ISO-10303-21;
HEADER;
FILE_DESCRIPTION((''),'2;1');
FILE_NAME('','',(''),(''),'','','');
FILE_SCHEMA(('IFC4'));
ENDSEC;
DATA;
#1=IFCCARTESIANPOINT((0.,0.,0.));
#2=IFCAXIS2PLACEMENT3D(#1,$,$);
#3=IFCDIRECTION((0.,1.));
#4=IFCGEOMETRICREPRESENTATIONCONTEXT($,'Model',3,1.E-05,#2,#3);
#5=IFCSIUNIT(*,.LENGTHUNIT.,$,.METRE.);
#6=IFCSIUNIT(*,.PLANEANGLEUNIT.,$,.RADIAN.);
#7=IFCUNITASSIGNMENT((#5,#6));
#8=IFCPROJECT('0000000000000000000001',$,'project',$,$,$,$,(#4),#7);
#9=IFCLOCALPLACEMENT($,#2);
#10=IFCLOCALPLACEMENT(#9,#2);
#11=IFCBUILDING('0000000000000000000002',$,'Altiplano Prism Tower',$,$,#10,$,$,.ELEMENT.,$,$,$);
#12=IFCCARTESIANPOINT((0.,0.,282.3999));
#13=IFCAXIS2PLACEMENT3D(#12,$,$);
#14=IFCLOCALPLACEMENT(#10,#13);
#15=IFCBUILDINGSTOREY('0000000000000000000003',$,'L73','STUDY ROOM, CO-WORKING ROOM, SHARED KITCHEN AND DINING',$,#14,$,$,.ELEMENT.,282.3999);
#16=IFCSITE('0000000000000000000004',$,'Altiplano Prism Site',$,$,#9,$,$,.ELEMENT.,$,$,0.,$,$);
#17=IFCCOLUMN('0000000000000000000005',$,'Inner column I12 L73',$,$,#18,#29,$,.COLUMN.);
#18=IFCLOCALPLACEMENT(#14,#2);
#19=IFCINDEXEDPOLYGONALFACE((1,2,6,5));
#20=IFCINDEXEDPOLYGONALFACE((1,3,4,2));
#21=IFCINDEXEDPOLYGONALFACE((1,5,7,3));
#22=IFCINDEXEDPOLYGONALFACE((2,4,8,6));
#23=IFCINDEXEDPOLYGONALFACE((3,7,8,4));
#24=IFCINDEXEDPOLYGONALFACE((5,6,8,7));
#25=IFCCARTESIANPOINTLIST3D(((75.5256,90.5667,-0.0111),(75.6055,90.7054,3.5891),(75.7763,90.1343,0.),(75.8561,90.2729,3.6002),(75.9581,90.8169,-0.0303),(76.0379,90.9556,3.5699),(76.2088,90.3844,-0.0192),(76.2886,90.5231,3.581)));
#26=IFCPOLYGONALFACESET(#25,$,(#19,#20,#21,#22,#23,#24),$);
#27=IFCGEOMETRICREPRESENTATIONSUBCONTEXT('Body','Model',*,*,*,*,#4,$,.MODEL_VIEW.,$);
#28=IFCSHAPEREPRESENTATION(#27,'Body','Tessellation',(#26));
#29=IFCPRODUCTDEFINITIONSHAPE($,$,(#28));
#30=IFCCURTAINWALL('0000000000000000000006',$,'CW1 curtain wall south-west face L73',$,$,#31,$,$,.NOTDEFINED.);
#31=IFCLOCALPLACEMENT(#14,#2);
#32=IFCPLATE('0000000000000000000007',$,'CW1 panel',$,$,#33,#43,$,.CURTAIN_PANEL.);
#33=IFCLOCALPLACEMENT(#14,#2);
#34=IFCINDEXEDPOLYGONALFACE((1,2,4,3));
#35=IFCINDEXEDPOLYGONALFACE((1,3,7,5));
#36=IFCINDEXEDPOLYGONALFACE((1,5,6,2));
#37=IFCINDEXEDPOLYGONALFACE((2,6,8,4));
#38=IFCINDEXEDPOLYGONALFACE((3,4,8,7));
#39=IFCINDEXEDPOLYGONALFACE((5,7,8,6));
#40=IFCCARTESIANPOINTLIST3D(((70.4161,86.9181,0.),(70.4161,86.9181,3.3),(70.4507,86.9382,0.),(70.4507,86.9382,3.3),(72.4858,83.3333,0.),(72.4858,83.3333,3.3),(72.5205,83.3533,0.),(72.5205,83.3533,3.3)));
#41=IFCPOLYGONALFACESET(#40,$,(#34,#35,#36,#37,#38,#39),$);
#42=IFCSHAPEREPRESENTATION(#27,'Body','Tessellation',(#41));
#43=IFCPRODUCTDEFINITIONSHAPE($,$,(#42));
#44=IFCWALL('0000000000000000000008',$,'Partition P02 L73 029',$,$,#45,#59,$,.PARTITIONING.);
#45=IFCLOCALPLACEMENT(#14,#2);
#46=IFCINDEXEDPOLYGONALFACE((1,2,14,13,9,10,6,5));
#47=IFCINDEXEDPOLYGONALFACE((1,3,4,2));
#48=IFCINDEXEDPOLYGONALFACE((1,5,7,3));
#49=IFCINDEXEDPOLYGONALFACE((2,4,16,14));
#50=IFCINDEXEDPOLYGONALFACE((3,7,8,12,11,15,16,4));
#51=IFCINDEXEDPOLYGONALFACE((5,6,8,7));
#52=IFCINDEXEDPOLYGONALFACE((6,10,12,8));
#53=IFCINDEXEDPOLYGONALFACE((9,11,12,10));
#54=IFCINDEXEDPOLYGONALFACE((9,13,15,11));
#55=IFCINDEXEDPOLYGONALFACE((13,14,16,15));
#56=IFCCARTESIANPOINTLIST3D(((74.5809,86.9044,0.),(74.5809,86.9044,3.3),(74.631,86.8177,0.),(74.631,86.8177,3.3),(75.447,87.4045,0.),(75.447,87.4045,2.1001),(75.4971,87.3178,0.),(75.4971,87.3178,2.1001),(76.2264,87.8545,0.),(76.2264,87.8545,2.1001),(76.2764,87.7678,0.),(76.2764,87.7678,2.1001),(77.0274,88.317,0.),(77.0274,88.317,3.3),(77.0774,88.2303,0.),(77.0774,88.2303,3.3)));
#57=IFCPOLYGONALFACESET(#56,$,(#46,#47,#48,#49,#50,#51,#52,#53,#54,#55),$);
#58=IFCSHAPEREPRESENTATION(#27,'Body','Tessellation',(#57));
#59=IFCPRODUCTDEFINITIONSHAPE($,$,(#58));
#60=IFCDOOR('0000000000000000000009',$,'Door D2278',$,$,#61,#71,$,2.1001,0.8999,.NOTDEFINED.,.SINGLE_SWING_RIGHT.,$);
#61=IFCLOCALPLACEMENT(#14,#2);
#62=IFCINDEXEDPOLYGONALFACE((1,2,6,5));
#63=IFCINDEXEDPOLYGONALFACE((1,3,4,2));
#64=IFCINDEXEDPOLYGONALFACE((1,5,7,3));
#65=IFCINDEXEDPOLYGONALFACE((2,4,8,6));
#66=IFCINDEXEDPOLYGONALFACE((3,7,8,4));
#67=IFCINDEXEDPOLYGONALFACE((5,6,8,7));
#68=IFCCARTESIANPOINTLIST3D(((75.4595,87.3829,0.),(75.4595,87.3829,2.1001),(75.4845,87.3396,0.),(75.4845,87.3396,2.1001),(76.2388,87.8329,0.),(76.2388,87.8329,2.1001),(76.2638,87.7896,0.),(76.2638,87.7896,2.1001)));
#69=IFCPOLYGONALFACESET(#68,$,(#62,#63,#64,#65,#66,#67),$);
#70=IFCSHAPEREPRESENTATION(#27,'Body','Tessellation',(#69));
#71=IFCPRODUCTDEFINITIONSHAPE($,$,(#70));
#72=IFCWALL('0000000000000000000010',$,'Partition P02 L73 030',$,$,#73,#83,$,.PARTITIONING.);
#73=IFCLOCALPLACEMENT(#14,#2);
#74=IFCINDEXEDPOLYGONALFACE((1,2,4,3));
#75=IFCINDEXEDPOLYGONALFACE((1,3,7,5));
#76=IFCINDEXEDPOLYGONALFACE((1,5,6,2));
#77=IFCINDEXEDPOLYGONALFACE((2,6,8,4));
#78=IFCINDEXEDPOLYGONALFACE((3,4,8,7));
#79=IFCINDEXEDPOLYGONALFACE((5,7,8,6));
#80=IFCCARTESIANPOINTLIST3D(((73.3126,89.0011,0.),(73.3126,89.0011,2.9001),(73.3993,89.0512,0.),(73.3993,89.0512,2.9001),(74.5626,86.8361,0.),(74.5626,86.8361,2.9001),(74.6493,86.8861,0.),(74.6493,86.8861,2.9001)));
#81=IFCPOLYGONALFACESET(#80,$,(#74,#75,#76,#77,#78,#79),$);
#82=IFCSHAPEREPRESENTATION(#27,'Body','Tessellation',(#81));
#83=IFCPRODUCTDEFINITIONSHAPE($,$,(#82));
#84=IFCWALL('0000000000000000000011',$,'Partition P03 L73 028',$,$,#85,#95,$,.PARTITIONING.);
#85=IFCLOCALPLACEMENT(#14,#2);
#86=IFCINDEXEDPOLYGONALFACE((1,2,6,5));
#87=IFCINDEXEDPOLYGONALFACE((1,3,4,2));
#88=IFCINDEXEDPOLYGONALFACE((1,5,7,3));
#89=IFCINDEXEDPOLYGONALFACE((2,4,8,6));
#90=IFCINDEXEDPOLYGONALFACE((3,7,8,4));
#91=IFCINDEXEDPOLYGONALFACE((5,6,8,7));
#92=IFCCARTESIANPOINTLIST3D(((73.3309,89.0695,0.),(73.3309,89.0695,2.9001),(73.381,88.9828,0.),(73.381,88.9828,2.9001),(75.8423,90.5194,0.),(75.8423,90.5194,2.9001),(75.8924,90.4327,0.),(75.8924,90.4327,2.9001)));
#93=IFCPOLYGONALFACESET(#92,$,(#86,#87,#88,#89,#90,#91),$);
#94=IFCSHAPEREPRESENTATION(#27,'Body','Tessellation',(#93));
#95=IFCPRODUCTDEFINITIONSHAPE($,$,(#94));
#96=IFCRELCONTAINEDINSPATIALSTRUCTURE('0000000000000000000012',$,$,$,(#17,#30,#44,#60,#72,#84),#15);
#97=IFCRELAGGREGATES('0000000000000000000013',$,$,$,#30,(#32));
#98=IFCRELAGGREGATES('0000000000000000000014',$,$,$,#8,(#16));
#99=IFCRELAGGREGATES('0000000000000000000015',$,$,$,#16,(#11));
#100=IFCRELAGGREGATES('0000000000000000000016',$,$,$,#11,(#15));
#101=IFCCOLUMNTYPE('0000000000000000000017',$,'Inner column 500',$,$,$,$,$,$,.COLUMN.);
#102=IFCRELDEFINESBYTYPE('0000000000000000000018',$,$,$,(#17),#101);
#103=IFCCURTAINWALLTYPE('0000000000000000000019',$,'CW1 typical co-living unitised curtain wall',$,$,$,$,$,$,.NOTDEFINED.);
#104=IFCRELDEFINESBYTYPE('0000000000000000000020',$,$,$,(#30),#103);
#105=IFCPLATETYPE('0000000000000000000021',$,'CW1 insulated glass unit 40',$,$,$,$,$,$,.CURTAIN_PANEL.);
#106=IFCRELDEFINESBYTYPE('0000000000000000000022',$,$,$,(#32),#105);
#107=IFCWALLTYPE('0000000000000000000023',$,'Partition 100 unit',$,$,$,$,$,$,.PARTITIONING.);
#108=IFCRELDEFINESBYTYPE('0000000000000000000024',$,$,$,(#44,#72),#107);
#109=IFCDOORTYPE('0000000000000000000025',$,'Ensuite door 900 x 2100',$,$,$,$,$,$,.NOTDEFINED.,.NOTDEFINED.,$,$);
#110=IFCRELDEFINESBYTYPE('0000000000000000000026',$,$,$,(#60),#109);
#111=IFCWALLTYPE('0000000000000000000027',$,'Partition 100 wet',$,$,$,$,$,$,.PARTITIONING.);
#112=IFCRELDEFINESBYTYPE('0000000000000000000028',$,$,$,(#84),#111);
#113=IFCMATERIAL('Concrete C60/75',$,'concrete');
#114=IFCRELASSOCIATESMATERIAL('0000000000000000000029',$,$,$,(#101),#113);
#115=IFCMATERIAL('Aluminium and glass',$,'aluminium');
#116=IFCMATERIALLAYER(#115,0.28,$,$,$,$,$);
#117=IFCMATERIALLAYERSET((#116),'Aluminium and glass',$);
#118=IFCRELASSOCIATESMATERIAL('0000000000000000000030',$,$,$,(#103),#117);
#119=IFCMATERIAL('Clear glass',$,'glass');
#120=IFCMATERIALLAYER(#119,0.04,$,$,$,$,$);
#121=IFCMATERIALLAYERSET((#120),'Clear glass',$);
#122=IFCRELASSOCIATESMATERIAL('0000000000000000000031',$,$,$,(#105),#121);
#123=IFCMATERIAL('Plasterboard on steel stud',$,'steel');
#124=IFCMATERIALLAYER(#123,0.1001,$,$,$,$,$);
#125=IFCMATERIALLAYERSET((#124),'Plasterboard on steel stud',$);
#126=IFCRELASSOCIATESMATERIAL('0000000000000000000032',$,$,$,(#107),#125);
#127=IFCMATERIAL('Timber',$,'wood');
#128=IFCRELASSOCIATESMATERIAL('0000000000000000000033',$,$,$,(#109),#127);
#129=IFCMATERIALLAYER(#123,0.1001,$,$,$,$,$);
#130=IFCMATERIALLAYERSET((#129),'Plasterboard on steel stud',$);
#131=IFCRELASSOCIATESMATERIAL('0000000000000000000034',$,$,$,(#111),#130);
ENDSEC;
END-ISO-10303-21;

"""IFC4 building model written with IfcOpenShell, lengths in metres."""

from ifc_helpers import new_model, si_unit, direction, frame, frame_2d, origin, origin_2d, place, context, subcontext, project, spatial, rectangle, extrude, material, layer, layer_set, material_profile, profile_set, type_object, element, fill, aggregate, save


model = new_model("IFC4")

# Units and contexts
model_context = context("Model", 3, precision=1e-05, world=origin(), true_north=direction((0.0, 1.0)))
body_context = subcontext(model_context, "Body", "Model", "MODEL_VIEW")
ifc_project = project(units=[si_unit("LENGTHUNIT", "METRE"), si_unit("PLANEANGLEUNIT", "RADIAN")], contexts=[model_context])

# Site, building, storey
site_placement = place(None, origin())
site = spatial("IfcSite", under=ifc_project, at=site_placement, Name="Altiplano Prism Site", CompositionType="ELEMENT", RefElevation=0.0)
building_placement = place(site_placement, origin())
building = spatial("IfcBuilding", under=site, at=building_placement, Name="Altiplano Prism Tower", CompositionType="ELEMENT")
storey_placement = place(building_placement, frame((0.0, 0.0, 282.3999)))
storey = spatial("IfcBuildingStorey", under=building, at=storey_placement, Name="L73", Description="STUDY ROOM, CO-WORKING ROOM, SHARED KITCHEN AND DINING", CompositionType="ELEMENT", Elevation=282.3999)

# Column
ifc_material_1 = material(Name="Concrete C60/75", Category="concrete")
ifc_material_profile = material_profile(ifc_material_1, rectangle(XDim=0.5, YDim=0.5, at=origin_2d()), Name="Inner column 500")
ifc_profile_set = profile_set([ifc_material_profile], Name="Concrete C60/75")
column_type = type_object("IfcColumnType", Name="Inner column 500", PredefinedType="COLUMN", material=ifc_profile_set)
column_placement = place(storey_placement, frame((75.8672, 90.4756, -0.0151), z_axis=(0.022154, 0.038481, 0.999014), x_axis=(-0.864982, -0.500327, 0.038453)))
element("IfcColumn", 1, at=column_placement, inside=storey, type_object=column_type, Name="Inner column I12 L73", PredefinedType="COLUMN", context=body_context, shape_type="SweptSolid", body=[
    extrude(rectangle(XDim=0.5, YDim=0.5, at=origin_2d()), origin(), (0.0, 0.0, 1.0), 3.6038),
])

# Curtain wall, plate
ifc_material_2 = material(Name="Aluminium and glass", Category="aluminium")
ifc_layer_1 = layer(ifc_material_2, 0.28)
ifc_layer_set_1 = layer_set([ifc_layer_1], Name="Aluminium and glass")
curtain_wall_type = type_object("IfcCurtainWallType", Name="CW1 typical co-living unitised curtain wall", PredefinedType="NOTDEFINED", material=ifc_layer_set_1)
curtain_wall_placement = place(storey_placement, origin())
curtain_wall = element("IfcCurtainWall", 2, at=curtain_wall_placement, inside=storey, type_object=curtain_wall_type, Name="CW1 curtain wall south-west face L73", PredefinedType="NOTDEFINED")
ifc_material_3 = material(Name="Clear glass", Category="glass")
ifc_layer_2 = layer(ifc_material_3, 0.04)
ifc_layer_set_2 = layer_set([ifc_layer_2], Name="Clear glass")
plate_type = type_object("IfcPlateType", Name="CW1 insulated glass unit 40", PredefinedType="CURTAIN_PANEL", material=ifc_layer_set_2)
plate_placement = place(storey_placement, frame((71.4683, 85.1357, 0.0), z_axis=(0.0, 0.0, 1.0), x_axis=(0.5, -0.866025, 0.0)))
plate = element("IfcPlate", 3, at=plate_placement, type_object=plate_type, Name="CW1 panel", PredefinedType="CURTAIN_PANEL", context=body_context, shape_type="SweptSolid", body=[
    extrude(rectangle(XDim=4.1394, YDim=0.04, at=origin_2d()), origin(), (0.0, 0.0, 1.0), 3.3),
])
aggregate(curtain_wall, [plate])

# Wall, opening, door
ifc_material_4 = material(Name="Plasterboard on steel stud", Category="steel")
ifc_layer_3 = layer(ifc_material_4, 0.1001)
ifc_layer_set_3 = layer_set([ifc_layer_3], Name="Plasterboard on steel stud")
wall_type_1 = type_object("IfcWallType", Name="Partition 100 unit", PredefinedType="PARTITIONING", material=ifc_layer_set_3)
wall_1_placement = place(storey_placement, frame((77.0525, 88.2737, 0.0), z_axis=(0.0, 0.0, 1.0), x_axis=(-0.866011, -0.500024, 0.0)))
wall_1 = element("IfcWall", 4, at=wall_1_placement, inside=storey, type_object=wall_type_1, Name="Partition P02 L73 029", PredefinedType="PARTITIONING", context=body_context, shape_type="SweptSolid", body=[
    extrude(rectangle(XDim=2.825, YDim=0.1001, at=frame_2d((1.4126, 0.0))), origin(), (0.0, 0.0, 1.0), 3.3),
])
opening_1_placement = place(wall_1_placement, frame((0.925, 0.0, 0.0)))
opening_1 = element("IfcOpeningElement", 5, at=opening_1_placement, cuts=wall_1, PredefinedType="OPENING", context=body_context, shape_type="SweptSolid", body=[
    extrude(rectangle(XDim=0.8999, YDim=2.1001, at=frame_2d((0.45, 1.05))), frame((0.0, 0.0605, 0.0), z_axis=(0.0, -1.0, 0.0), x_axis=(1.0, 0.0, 0.0)), (0.0, 0.0, 1.0), 0.1211),
])
ifc_material_5 = material(Name="Timber", Category="wood")
door_type_1 = type_object("IfcDoorType", Name="Ensuite door 900 x 2100", OperationType="NOTDEFINED", PredefinedType="NOTDEFINED", material=ifc_material_5)
door_1_placement = place(opening_1_placement, origin())
door_1 = element("IfcDoor", 6, at=door_1_placement, inside=storey, type_object=door_type_1, Name="Door D2278", OperationType="SINGLE_SWING_RIGHT", OverallHeight=2.1001, OverallWidth=0.8999, PredefinedType="NOTDEFINED", context=body_context, shape_type="SweptSolid", body=[
    extrude(rectangle(XDim=0.8999, YDim=2.1001, at=frame_2d((0.45, 1.05))), frame((0.0, 0.0249, 0.0), z_axis=(0.0, -1.0, 0.0), x_axis=(1.0, 0.0, 0.0)), (0.0, 0.0, 1.0), 0.05),
])
fill(opening_1, door_1)

# Walls
wall_2_placement = place(storey_placement, frame((74.606, 86.8611, 0.0), z_axis=(0.0, 0.0, 1.0), x_axis=(-0.500004, 0.866023, 0.0)))
element("IfcWall", 7, at=wall_2_placement, inside=storey, type_object=wall_type_1, Name="Partition P02 L73 030", PredefinedType="PARTITIONING", context=body_context, shape_type="SweptSolid", body=[
    extrude(rectangle(XDim=2.5, YDim=0.1001, at=frame_2d((1.25, 0.0))), origin(), (0.0, 0.0, 1.0), 2.9001),
])
ifc_layer_4 = layer(ifc_material_4, 0.1001)
ifc_layer_set_4 = layer_set([ifc_layer_4], Name="Plasterboard on steel stud")
wall_type_2 = type_object("IfcWallType", Name="Partition 100 wet", PredefinedType="PARTITIONING", material=ifc_layer_set_4)
wall_3_placement = place(storey_placement, frame((73.356, 89.0261, 0.0), z_axis=(0.0, 0.0, 1.0), x_axis=(0.866033, 0.499987, 0.0)))
element("IfcWall", 8, at=wall_3_placement, inside=storey, type_object=wall_type_2, Name="Partition P03 L73 028", PredefinedType="PARTITIONING", context=body_context, shape_type="SweptSolid", body=[
    extrude(rectangle(XDim=2.8999, YDim=0.1001, at=frame_2d((1.45, 0.0))), origin(), (0.0, 0.0, 1.0), 2.9001),
])

save(model, "model.ifc")
